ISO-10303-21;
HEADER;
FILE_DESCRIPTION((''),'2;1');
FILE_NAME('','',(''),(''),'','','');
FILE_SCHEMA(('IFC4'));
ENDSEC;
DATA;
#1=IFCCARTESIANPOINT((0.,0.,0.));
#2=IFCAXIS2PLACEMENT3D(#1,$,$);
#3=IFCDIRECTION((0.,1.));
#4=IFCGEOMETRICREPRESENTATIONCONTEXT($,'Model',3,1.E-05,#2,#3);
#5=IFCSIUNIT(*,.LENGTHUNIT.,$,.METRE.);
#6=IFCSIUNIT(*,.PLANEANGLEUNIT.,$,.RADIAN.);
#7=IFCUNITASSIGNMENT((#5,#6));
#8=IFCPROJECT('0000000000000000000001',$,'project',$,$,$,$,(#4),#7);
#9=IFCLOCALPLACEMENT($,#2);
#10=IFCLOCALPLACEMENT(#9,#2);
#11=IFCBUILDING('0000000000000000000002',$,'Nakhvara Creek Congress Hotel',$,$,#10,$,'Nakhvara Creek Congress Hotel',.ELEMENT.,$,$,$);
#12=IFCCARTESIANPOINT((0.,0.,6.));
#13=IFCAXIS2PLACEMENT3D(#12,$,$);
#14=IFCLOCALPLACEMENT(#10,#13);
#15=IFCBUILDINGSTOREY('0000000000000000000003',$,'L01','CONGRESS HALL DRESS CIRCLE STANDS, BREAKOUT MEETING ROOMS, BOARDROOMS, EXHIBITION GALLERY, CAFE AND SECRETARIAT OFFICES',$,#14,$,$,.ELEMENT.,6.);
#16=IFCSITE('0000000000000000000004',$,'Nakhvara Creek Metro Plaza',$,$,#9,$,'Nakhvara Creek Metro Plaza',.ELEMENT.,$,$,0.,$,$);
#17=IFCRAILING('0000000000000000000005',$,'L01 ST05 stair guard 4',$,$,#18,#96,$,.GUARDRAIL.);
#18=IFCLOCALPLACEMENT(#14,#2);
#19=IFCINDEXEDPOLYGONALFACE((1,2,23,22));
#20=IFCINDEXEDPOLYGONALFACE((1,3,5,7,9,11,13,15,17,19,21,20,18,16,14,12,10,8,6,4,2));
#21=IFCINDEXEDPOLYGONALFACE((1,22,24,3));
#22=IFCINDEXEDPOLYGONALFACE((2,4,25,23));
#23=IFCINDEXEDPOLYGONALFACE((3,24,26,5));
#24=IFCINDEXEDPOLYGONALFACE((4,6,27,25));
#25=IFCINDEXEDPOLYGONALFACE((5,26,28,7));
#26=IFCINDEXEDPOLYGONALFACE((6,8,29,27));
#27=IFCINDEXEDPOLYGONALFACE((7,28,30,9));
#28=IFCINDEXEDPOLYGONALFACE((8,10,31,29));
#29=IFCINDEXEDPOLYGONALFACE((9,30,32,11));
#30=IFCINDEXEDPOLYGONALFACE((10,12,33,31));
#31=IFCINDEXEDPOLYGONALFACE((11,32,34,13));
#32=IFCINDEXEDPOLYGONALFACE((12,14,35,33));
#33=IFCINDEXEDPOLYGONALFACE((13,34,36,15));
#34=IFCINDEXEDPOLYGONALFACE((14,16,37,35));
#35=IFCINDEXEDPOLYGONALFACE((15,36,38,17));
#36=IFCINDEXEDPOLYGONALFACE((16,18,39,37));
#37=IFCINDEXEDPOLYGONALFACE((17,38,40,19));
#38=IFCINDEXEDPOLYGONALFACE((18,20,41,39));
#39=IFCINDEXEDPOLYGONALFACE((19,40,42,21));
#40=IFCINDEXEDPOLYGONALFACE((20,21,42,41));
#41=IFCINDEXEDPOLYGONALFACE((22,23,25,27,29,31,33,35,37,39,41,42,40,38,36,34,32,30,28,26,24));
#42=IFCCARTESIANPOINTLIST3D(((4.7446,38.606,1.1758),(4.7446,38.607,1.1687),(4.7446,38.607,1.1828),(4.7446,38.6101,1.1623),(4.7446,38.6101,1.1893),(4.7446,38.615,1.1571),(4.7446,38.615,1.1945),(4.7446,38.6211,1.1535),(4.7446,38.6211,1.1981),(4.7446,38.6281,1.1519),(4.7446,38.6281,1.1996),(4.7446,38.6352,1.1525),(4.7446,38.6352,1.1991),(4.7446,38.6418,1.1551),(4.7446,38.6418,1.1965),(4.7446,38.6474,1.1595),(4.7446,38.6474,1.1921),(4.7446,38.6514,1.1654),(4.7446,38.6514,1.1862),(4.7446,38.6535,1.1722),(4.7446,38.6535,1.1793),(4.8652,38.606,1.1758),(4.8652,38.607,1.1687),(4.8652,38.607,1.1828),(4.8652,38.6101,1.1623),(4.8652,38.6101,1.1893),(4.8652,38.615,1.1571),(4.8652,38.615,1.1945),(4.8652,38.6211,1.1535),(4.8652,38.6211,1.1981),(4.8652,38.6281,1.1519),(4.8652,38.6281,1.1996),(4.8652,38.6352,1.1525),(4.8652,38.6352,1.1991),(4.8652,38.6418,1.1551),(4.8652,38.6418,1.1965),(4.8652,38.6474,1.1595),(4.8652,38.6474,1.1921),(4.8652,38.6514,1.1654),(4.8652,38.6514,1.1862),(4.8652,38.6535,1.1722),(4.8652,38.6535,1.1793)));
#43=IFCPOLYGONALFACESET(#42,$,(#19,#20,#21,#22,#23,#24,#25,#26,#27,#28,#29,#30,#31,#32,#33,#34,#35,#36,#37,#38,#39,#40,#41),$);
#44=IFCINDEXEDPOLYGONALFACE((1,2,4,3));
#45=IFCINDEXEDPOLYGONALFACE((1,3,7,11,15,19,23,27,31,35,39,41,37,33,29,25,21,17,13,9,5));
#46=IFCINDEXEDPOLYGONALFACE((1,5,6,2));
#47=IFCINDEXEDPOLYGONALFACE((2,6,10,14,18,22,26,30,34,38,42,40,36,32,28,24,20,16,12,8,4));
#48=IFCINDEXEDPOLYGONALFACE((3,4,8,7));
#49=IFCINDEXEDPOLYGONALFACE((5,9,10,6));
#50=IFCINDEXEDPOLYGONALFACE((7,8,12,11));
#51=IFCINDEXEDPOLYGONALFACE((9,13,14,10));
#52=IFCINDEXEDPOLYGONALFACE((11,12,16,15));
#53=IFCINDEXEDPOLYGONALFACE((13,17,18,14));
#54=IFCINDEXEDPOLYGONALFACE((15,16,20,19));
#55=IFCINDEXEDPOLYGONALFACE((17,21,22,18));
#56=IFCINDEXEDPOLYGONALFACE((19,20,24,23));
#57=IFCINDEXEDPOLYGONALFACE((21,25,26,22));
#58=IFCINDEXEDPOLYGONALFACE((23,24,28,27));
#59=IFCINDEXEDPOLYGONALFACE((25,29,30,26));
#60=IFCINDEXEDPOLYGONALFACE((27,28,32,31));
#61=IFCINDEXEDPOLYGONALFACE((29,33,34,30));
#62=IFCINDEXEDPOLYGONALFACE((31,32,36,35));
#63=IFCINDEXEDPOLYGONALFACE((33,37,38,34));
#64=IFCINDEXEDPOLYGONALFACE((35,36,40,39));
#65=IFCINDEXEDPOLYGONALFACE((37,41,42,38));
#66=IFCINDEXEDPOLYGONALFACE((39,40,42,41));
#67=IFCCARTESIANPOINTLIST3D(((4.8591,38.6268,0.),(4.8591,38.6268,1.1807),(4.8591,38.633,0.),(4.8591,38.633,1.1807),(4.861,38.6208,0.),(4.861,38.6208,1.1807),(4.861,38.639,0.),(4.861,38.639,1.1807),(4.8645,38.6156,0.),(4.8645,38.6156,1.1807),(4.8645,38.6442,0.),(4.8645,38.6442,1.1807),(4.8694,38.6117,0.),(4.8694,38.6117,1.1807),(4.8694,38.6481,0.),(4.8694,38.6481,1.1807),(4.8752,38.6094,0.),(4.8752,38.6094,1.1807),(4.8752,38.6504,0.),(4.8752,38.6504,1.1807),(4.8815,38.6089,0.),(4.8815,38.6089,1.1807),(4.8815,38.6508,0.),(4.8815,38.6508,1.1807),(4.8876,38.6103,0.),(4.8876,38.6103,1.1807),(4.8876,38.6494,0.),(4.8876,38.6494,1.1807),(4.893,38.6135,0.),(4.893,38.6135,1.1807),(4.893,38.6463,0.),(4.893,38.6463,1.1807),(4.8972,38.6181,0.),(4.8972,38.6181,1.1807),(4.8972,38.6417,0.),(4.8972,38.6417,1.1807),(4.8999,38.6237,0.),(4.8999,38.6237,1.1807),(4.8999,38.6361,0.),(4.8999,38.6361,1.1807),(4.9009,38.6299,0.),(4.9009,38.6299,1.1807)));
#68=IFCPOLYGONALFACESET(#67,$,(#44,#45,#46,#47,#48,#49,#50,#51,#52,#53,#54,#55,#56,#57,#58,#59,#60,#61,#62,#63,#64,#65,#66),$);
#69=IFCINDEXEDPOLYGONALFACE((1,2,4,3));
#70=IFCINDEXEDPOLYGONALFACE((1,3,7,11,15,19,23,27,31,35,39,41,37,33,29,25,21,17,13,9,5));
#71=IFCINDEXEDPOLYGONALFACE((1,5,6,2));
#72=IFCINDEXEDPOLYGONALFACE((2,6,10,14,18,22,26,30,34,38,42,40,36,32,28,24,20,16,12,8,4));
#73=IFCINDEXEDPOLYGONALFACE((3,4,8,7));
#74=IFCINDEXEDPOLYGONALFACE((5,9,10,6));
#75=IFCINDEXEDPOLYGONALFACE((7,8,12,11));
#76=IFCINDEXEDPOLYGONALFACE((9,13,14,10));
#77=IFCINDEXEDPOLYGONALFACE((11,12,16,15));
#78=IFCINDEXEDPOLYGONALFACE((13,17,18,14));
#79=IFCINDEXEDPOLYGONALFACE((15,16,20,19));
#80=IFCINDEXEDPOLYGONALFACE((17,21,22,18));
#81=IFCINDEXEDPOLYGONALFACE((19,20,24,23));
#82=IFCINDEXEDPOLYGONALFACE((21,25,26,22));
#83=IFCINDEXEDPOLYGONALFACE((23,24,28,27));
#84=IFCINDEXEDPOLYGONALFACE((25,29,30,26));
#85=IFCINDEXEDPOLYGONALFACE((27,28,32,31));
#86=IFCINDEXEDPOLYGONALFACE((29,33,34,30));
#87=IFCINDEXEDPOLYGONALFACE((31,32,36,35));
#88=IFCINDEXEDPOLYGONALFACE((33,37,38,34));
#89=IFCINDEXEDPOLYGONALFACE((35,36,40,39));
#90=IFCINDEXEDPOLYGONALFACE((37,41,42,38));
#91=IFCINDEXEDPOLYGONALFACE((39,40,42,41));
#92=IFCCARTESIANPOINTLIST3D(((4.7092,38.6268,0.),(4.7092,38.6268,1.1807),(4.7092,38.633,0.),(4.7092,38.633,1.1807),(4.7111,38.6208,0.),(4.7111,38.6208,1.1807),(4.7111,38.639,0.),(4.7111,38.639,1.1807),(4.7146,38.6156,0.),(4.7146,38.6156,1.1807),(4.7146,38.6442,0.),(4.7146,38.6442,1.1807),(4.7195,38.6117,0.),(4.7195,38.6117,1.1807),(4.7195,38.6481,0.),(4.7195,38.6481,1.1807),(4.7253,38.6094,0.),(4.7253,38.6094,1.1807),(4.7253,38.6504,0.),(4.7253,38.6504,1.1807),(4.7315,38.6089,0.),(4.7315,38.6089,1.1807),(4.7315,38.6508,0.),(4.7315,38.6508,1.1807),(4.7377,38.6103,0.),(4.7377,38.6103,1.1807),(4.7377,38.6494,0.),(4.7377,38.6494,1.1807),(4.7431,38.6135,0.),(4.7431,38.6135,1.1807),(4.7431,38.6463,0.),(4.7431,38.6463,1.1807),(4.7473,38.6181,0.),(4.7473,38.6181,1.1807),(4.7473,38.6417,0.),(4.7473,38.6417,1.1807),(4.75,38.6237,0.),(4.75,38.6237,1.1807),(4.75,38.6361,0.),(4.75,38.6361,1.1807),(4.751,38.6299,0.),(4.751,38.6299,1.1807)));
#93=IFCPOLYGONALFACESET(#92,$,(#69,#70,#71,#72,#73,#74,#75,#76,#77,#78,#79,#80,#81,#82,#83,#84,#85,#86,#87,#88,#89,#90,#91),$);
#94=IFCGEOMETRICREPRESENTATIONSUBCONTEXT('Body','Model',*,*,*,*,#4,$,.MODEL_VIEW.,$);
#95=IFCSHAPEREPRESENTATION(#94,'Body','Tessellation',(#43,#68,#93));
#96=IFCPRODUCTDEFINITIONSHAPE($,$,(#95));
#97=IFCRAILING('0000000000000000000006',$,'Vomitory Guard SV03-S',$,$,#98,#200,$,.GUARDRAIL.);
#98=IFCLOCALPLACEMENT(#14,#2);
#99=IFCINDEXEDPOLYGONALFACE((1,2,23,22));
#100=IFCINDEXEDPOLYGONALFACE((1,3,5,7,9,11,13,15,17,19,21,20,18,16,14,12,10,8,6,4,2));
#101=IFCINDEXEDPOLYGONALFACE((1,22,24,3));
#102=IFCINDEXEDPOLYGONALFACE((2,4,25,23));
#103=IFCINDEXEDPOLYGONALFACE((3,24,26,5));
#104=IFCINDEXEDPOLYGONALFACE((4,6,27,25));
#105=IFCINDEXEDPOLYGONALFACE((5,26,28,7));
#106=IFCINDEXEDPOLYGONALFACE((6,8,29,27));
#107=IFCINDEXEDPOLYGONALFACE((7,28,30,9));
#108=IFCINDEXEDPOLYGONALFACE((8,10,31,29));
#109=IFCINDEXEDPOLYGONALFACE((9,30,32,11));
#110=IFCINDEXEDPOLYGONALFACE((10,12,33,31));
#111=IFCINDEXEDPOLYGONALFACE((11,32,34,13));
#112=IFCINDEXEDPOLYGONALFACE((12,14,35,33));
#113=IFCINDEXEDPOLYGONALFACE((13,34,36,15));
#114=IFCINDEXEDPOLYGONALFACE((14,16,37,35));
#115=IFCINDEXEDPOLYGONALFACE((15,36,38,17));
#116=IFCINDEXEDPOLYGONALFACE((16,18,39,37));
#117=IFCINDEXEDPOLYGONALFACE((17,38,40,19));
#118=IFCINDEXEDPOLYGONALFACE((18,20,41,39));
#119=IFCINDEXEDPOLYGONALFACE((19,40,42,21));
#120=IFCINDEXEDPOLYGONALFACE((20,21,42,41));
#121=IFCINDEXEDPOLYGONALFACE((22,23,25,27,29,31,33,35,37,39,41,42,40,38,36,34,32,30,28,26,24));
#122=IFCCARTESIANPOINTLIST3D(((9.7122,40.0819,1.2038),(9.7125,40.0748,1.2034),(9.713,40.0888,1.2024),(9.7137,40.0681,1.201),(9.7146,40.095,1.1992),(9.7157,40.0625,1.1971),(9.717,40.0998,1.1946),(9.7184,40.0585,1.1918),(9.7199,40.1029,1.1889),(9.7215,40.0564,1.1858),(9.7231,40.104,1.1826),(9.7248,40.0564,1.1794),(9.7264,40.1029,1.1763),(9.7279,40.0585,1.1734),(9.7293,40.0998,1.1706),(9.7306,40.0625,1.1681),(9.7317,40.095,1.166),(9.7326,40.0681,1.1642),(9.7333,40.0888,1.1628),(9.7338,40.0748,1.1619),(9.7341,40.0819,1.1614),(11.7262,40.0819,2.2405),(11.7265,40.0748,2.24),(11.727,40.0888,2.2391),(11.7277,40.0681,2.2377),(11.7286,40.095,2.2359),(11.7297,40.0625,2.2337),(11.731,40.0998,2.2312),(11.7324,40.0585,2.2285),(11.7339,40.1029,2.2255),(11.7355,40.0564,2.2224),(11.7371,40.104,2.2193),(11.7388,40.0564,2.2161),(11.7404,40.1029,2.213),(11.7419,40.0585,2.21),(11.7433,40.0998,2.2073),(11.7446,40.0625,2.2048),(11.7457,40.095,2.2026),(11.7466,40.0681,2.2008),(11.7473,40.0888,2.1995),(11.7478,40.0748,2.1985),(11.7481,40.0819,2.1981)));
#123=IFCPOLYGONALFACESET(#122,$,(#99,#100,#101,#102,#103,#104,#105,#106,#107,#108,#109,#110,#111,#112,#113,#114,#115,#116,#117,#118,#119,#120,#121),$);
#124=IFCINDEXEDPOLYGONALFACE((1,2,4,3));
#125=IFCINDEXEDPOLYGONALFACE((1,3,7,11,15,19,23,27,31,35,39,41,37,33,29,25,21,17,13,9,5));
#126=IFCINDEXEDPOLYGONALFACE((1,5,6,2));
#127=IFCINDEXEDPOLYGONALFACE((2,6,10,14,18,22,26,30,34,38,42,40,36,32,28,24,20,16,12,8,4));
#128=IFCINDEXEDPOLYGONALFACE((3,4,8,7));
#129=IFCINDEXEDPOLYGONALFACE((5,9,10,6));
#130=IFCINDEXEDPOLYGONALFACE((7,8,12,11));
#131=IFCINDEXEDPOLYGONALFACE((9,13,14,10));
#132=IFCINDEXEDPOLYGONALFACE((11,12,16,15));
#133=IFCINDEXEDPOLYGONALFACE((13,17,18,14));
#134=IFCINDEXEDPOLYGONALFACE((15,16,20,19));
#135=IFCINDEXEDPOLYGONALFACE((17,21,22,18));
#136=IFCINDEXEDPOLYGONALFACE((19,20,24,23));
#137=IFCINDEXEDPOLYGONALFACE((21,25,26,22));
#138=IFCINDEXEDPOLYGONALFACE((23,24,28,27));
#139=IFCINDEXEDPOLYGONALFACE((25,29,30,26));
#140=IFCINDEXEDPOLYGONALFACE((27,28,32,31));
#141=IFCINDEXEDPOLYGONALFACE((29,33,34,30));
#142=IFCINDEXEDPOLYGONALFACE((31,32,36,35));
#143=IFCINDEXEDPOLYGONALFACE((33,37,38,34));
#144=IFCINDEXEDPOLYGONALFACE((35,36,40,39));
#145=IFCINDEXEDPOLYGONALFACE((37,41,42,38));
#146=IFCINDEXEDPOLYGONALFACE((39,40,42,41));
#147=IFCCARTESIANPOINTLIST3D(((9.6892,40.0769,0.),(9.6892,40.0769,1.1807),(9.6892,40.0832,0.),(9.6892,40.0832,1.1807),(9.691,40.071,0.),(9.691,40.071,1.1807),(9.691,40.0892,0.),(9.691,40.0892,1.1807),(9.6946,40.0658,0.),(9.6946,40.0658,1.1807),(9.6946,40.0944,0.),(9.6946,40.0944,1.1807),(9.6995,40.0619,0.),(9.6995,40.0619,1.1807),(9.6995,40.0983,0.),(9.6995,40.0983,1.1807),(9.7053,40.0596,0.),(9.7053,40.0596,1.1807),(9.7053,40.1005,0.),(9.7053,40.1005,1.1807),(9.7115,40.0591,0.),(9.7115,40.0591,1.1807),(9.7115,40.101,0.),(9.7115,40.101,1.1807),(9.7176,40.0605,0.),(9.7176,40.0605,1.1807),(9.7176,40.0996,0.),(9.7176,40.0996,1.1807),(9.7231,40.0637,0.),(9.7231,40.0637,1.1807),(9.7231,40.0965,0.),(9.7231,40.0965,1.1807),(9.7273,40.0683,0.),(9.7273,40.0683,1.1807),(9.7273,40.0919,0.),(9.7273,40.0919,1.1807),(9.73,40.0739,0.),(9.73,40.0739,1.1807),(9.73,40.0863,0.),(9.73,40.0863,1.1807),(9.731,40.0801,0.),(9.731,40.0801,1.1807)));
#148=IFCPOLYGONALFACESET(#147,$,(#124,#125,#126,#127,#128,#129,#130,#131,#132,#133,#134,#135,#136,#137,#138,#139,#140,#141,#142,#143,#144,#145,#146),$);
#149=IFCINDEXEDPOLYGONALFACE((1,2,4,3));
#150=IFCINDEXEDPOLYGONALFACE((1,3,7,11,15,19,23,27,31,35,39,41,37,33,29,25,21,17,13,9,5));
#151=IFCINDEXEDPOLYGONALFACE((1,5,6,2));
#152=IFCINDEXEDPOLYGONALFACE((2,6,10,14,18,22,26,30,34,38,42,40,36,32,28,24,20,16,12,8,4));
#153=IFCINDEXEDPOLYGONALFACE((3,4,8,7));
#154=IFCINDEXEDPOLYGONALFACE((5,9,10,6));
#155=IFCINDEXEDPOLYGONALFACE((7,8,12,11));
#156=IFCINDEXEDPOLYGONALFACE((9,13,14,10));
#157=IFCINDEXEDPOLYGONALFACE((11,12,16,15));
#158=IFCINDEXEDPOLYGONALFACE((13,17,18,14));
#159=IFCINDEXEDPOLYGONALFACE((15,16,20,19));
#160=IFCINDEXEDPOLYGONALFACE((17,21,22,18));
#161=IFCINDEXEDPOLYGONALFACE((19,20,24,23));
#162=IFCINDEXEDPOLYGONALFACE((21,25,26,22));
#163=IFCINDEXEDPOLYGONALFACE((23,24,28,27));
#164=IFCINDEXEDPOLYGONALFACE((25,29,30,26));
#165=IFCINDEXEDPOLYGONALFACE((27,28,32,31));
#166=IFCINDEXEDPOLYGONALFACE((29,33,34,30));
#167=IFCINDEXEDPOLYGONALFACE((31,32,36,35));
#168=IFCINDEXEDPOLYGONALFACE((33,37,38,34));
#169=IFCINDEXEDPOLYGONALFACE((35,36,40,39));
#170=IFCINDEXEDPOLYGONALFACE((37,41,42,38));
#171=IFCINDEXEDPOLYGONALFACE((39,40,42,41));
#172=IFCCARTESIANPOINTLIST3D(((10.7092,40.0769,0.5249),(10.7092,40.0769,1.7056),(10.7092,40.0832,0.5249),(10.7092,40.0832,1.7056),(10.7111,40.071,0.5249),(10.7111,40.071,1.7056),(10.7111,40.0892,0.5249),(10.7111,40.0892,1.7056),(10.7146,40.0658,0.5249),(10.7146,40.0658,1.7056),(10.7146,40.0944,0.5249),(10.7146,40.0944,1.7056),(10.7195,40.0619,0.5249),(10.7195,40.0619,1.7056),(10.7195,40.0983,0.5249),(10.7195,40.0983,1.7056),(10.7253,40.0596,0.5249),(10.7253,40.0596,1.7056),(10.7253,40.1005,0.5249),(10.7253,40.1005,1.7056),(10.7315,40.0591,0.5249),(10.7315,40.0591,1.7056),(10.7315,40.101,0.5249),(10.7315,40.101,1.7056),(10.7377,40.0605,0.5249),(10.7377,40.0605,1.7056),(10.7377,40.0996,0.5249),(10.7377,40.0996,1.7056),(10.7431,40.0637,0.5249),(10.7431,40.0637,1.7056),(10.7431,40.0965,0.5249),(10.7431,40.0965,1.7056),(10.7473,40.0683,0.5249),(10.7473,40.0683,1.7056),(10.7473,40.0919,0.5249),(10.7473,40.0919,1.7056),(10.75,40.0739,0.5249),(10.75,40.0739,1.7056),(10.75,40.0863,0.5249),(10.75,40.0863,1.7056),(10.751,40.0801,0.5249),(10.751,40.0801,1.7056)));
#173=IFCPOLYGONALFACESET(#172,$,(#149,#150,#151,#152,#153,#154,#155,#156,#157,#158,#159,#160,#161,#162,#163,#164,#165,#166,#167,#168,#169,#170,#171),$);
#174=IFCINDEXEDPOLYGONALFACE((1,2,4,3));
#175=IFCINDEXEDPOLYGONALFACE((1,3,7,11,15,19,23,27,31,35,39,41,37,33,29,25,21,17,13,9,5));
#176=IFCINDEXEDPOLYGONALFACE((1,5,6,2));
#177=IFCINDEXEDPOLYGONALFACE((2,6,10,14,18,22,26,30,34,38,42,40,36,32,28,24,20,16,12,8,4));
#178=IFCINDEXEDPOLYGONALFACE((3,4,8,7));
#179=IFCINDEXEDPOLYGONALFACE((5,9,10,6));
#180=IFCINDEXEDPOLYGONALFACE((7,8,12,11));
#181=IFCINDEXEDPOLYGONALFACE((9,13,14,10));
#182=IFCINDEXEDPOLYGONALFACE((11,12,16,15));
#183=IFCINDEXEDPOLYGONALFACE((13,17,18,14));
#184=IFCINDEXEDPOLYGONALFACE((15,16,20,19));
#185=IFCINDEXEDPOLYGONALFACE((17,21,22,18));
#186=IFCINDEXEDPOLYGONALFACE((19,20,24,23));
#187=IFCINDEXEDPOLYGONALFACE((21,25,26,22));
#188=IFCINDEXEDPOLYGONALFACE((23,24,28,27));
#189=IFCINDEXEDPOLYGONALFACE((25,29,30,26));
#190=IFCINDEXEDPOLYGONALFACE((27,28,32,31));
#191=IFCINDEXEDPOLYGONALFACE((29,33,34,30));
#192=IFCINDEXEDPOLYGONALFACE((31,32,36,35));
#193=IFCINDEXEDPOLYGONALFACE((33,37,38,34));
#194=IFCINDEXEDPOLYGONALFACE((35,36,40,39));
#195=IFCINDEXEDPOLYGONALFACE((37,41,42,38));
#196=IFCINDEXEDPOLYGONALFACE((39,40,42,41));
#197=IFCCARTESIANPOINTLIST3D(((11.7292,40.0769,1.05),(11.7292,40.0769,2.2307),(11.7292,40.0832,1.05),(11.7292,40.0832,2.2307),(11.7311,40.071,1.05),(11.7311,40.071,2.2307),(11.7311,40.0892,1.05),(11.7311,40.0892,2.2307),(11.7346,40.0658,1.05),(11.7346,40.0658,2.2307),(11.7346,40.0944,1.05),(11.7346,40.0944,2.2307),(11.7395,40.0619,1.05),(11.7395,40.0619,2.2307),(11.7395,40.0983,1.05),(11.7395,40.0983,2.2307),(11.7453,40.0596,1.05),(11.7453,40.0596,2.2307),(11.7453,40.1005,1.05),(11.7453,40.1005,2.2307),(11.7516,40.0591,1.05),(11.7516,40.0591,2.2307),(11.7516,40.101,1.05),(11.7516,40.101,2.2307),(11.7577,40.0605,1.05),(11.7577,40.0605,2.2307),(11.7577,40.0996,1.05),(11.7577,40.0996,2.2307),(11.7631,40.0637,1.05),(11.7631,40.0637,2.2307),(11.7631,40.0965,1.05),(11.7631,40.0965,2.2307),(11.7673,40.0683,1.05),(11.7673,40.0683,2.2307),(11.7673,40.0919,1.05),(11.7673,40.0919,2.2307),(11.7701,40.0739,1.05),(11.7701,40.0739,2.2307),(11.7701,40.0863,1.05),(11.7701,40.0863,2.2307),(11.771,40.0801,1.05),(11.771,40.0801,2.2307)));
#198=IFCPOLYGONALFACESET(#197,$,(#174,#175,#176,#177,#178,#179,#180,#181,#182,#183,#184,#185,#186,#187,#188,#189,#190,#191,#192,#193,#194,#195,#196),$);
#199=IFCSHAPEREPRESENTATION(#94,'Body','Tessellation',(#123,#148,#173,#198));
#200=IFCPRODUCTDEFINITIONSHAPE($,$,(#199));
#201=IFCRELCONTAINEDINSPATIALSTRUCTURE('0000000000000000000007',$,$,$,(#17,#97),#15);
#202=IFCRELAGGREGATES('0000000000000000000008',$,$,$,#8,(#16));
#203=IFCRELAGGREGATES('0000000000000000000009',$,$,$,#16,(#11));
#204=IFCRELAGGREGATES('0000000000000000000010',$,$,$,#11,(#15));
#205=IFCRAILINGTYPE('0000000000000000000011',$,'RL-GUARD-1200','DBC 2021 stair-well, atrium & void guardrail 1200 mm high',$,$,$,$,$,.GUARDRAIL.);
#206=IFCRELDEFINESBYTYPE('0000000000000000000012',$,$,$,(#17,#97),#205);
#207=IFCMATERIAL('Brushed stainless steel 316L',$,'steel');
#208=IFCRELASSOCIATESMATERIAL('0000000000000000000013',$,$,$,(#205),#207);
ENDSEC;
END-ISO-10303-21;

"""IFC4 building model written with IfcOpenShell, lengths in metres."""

from ifc_helpers import new_model, si_unit, direction, frame, origin, origin_2d, place, context, subcontext, project, spatial, circle, extrude, material, type_object, element, save


model = new_model("IFC4")

# Units and contexts
model_context = context("Model", 3, precision=1e-05, world=origin(), true_north=direction((0.0, 1.0)))
body_context = subcontext(model_context, "Body", "Model", "MODEL_VIEW")
ifc_project = project(units=[si_unit("LENGTHUNIT", "METRE"), si_unit("PLANEANGLEUNIT", "RADIAN")], contexts=[model_context])

# Site, building, storey
site_placement = place(None, origin())
site = spatial("IfcSite", under=ifc_project, at=site_placement, Name="Nakhvara Creek Metro Plaza", LongName="Nakhvara Creek Metro Plaza", CompositionType="ELEMENT", RefElevation=0.0)
building_placement = place(site_placement, origin())
building = spatial("IfcBuilding", under=site, at=building_placement, Name="Nakhvara Creek Congress Hotel", LongName="Nakhvara Creek Congress Hotel", CompositionType="ELEMENT")
storey_placement = place(building_placement, frame((0.0, 0.0, 6.0)))
storey = spatial("IfcBuildingStorey", under=building, at=storey_placement, Name="L01", Description="CONGRESS HALL DRESS CIRCLE STANDS, BREAKOUT MEETING ROOMS, BOARDROOMS, EXHIBITION GALLERY, CAFE AND SECRETARIAT OFFICES", CompositionType="ELEMENT", Elevation=6.0)

# Railings
ifc_material_1 = material(Name="Brushed stainless steel 316L", Category="steel")
railing_type_1 = type_object("IfcRailingType", Name="RL-GUARD-1200", Description="DBC 2021 stair-well, atrium & void guardrail 1200 mm high", PredefinedType="GUARDRAIL", material=ifc_material_1)
railing_1_placement = place(storey_placement, frame((4.8799, 38.6299, 0.0)))
element("IfcRailing", 1, at=railing_1_placement, inside=storey, type_object=railing_type_1, Name="L01 ST05 stair guard 4", PredefinedType="GUARDRAIL", context=body_context, shape_type="SweptSolid", body=[
    extrude(circle(Radius=0.0239, at=origin_2d()), frame((-0.0146, 0.0, 1.1758), z_axis=(-1.0, 0.0, 0.0), x_axis=(0.0, -1.0, 0.0)), (0.0, 0.0, 1.0), 0.1206),
    extrude(circle(Radius=0.021, at=origin_2d()), origin(), (0.0, 0.0, 1.0), 1.1807),
    extrude(circle(Radius=0.021, at=origin_2d()), frame((-0.1499, 0.0, 0.0)), (0.0, 0.0, 1.0), 1.1807),
])
for number, where, name in (
    (2, (9.71, 40.0801, 0.0), "Vomitory Guard SV03-S"),
):
    element("IfcRailing", number, at=place(storey_placement, frame(where)), inside=storey, type_object=railing_type_1, Name=name, PredefinedType="GUARDRAIL", context=body_context, shape_type="SweptSolid", body=[
        extrude(circle(Radius=0.0239, at=origin_2d()), frame((0.0132, 0.0, 1.1826), z_axis=(0.889131, 0.0, 0.457653), x_axis=(0.0, 1.0, 0.0)), (0.0, 0.0, 1.0), 2.2651),
        extrude(circle(Radius=0.021, at=origin_2d()), origin(), (0.0, 0.0, 1.0), 1.1807),
        extrude(circle(Radius=0.021, at=origin_2d()), frame((1.02, 0.0, 0.5249)), (0.0, 0.0, 1.0), 1.1807),
        extrude(circle(Radius=0.021, at=origin_2d()), frame((2.04, 0.0, 1.05)), (0.0, 0.0, 1.0), 1.1807),
    ])

save(model, "model.ifc")
